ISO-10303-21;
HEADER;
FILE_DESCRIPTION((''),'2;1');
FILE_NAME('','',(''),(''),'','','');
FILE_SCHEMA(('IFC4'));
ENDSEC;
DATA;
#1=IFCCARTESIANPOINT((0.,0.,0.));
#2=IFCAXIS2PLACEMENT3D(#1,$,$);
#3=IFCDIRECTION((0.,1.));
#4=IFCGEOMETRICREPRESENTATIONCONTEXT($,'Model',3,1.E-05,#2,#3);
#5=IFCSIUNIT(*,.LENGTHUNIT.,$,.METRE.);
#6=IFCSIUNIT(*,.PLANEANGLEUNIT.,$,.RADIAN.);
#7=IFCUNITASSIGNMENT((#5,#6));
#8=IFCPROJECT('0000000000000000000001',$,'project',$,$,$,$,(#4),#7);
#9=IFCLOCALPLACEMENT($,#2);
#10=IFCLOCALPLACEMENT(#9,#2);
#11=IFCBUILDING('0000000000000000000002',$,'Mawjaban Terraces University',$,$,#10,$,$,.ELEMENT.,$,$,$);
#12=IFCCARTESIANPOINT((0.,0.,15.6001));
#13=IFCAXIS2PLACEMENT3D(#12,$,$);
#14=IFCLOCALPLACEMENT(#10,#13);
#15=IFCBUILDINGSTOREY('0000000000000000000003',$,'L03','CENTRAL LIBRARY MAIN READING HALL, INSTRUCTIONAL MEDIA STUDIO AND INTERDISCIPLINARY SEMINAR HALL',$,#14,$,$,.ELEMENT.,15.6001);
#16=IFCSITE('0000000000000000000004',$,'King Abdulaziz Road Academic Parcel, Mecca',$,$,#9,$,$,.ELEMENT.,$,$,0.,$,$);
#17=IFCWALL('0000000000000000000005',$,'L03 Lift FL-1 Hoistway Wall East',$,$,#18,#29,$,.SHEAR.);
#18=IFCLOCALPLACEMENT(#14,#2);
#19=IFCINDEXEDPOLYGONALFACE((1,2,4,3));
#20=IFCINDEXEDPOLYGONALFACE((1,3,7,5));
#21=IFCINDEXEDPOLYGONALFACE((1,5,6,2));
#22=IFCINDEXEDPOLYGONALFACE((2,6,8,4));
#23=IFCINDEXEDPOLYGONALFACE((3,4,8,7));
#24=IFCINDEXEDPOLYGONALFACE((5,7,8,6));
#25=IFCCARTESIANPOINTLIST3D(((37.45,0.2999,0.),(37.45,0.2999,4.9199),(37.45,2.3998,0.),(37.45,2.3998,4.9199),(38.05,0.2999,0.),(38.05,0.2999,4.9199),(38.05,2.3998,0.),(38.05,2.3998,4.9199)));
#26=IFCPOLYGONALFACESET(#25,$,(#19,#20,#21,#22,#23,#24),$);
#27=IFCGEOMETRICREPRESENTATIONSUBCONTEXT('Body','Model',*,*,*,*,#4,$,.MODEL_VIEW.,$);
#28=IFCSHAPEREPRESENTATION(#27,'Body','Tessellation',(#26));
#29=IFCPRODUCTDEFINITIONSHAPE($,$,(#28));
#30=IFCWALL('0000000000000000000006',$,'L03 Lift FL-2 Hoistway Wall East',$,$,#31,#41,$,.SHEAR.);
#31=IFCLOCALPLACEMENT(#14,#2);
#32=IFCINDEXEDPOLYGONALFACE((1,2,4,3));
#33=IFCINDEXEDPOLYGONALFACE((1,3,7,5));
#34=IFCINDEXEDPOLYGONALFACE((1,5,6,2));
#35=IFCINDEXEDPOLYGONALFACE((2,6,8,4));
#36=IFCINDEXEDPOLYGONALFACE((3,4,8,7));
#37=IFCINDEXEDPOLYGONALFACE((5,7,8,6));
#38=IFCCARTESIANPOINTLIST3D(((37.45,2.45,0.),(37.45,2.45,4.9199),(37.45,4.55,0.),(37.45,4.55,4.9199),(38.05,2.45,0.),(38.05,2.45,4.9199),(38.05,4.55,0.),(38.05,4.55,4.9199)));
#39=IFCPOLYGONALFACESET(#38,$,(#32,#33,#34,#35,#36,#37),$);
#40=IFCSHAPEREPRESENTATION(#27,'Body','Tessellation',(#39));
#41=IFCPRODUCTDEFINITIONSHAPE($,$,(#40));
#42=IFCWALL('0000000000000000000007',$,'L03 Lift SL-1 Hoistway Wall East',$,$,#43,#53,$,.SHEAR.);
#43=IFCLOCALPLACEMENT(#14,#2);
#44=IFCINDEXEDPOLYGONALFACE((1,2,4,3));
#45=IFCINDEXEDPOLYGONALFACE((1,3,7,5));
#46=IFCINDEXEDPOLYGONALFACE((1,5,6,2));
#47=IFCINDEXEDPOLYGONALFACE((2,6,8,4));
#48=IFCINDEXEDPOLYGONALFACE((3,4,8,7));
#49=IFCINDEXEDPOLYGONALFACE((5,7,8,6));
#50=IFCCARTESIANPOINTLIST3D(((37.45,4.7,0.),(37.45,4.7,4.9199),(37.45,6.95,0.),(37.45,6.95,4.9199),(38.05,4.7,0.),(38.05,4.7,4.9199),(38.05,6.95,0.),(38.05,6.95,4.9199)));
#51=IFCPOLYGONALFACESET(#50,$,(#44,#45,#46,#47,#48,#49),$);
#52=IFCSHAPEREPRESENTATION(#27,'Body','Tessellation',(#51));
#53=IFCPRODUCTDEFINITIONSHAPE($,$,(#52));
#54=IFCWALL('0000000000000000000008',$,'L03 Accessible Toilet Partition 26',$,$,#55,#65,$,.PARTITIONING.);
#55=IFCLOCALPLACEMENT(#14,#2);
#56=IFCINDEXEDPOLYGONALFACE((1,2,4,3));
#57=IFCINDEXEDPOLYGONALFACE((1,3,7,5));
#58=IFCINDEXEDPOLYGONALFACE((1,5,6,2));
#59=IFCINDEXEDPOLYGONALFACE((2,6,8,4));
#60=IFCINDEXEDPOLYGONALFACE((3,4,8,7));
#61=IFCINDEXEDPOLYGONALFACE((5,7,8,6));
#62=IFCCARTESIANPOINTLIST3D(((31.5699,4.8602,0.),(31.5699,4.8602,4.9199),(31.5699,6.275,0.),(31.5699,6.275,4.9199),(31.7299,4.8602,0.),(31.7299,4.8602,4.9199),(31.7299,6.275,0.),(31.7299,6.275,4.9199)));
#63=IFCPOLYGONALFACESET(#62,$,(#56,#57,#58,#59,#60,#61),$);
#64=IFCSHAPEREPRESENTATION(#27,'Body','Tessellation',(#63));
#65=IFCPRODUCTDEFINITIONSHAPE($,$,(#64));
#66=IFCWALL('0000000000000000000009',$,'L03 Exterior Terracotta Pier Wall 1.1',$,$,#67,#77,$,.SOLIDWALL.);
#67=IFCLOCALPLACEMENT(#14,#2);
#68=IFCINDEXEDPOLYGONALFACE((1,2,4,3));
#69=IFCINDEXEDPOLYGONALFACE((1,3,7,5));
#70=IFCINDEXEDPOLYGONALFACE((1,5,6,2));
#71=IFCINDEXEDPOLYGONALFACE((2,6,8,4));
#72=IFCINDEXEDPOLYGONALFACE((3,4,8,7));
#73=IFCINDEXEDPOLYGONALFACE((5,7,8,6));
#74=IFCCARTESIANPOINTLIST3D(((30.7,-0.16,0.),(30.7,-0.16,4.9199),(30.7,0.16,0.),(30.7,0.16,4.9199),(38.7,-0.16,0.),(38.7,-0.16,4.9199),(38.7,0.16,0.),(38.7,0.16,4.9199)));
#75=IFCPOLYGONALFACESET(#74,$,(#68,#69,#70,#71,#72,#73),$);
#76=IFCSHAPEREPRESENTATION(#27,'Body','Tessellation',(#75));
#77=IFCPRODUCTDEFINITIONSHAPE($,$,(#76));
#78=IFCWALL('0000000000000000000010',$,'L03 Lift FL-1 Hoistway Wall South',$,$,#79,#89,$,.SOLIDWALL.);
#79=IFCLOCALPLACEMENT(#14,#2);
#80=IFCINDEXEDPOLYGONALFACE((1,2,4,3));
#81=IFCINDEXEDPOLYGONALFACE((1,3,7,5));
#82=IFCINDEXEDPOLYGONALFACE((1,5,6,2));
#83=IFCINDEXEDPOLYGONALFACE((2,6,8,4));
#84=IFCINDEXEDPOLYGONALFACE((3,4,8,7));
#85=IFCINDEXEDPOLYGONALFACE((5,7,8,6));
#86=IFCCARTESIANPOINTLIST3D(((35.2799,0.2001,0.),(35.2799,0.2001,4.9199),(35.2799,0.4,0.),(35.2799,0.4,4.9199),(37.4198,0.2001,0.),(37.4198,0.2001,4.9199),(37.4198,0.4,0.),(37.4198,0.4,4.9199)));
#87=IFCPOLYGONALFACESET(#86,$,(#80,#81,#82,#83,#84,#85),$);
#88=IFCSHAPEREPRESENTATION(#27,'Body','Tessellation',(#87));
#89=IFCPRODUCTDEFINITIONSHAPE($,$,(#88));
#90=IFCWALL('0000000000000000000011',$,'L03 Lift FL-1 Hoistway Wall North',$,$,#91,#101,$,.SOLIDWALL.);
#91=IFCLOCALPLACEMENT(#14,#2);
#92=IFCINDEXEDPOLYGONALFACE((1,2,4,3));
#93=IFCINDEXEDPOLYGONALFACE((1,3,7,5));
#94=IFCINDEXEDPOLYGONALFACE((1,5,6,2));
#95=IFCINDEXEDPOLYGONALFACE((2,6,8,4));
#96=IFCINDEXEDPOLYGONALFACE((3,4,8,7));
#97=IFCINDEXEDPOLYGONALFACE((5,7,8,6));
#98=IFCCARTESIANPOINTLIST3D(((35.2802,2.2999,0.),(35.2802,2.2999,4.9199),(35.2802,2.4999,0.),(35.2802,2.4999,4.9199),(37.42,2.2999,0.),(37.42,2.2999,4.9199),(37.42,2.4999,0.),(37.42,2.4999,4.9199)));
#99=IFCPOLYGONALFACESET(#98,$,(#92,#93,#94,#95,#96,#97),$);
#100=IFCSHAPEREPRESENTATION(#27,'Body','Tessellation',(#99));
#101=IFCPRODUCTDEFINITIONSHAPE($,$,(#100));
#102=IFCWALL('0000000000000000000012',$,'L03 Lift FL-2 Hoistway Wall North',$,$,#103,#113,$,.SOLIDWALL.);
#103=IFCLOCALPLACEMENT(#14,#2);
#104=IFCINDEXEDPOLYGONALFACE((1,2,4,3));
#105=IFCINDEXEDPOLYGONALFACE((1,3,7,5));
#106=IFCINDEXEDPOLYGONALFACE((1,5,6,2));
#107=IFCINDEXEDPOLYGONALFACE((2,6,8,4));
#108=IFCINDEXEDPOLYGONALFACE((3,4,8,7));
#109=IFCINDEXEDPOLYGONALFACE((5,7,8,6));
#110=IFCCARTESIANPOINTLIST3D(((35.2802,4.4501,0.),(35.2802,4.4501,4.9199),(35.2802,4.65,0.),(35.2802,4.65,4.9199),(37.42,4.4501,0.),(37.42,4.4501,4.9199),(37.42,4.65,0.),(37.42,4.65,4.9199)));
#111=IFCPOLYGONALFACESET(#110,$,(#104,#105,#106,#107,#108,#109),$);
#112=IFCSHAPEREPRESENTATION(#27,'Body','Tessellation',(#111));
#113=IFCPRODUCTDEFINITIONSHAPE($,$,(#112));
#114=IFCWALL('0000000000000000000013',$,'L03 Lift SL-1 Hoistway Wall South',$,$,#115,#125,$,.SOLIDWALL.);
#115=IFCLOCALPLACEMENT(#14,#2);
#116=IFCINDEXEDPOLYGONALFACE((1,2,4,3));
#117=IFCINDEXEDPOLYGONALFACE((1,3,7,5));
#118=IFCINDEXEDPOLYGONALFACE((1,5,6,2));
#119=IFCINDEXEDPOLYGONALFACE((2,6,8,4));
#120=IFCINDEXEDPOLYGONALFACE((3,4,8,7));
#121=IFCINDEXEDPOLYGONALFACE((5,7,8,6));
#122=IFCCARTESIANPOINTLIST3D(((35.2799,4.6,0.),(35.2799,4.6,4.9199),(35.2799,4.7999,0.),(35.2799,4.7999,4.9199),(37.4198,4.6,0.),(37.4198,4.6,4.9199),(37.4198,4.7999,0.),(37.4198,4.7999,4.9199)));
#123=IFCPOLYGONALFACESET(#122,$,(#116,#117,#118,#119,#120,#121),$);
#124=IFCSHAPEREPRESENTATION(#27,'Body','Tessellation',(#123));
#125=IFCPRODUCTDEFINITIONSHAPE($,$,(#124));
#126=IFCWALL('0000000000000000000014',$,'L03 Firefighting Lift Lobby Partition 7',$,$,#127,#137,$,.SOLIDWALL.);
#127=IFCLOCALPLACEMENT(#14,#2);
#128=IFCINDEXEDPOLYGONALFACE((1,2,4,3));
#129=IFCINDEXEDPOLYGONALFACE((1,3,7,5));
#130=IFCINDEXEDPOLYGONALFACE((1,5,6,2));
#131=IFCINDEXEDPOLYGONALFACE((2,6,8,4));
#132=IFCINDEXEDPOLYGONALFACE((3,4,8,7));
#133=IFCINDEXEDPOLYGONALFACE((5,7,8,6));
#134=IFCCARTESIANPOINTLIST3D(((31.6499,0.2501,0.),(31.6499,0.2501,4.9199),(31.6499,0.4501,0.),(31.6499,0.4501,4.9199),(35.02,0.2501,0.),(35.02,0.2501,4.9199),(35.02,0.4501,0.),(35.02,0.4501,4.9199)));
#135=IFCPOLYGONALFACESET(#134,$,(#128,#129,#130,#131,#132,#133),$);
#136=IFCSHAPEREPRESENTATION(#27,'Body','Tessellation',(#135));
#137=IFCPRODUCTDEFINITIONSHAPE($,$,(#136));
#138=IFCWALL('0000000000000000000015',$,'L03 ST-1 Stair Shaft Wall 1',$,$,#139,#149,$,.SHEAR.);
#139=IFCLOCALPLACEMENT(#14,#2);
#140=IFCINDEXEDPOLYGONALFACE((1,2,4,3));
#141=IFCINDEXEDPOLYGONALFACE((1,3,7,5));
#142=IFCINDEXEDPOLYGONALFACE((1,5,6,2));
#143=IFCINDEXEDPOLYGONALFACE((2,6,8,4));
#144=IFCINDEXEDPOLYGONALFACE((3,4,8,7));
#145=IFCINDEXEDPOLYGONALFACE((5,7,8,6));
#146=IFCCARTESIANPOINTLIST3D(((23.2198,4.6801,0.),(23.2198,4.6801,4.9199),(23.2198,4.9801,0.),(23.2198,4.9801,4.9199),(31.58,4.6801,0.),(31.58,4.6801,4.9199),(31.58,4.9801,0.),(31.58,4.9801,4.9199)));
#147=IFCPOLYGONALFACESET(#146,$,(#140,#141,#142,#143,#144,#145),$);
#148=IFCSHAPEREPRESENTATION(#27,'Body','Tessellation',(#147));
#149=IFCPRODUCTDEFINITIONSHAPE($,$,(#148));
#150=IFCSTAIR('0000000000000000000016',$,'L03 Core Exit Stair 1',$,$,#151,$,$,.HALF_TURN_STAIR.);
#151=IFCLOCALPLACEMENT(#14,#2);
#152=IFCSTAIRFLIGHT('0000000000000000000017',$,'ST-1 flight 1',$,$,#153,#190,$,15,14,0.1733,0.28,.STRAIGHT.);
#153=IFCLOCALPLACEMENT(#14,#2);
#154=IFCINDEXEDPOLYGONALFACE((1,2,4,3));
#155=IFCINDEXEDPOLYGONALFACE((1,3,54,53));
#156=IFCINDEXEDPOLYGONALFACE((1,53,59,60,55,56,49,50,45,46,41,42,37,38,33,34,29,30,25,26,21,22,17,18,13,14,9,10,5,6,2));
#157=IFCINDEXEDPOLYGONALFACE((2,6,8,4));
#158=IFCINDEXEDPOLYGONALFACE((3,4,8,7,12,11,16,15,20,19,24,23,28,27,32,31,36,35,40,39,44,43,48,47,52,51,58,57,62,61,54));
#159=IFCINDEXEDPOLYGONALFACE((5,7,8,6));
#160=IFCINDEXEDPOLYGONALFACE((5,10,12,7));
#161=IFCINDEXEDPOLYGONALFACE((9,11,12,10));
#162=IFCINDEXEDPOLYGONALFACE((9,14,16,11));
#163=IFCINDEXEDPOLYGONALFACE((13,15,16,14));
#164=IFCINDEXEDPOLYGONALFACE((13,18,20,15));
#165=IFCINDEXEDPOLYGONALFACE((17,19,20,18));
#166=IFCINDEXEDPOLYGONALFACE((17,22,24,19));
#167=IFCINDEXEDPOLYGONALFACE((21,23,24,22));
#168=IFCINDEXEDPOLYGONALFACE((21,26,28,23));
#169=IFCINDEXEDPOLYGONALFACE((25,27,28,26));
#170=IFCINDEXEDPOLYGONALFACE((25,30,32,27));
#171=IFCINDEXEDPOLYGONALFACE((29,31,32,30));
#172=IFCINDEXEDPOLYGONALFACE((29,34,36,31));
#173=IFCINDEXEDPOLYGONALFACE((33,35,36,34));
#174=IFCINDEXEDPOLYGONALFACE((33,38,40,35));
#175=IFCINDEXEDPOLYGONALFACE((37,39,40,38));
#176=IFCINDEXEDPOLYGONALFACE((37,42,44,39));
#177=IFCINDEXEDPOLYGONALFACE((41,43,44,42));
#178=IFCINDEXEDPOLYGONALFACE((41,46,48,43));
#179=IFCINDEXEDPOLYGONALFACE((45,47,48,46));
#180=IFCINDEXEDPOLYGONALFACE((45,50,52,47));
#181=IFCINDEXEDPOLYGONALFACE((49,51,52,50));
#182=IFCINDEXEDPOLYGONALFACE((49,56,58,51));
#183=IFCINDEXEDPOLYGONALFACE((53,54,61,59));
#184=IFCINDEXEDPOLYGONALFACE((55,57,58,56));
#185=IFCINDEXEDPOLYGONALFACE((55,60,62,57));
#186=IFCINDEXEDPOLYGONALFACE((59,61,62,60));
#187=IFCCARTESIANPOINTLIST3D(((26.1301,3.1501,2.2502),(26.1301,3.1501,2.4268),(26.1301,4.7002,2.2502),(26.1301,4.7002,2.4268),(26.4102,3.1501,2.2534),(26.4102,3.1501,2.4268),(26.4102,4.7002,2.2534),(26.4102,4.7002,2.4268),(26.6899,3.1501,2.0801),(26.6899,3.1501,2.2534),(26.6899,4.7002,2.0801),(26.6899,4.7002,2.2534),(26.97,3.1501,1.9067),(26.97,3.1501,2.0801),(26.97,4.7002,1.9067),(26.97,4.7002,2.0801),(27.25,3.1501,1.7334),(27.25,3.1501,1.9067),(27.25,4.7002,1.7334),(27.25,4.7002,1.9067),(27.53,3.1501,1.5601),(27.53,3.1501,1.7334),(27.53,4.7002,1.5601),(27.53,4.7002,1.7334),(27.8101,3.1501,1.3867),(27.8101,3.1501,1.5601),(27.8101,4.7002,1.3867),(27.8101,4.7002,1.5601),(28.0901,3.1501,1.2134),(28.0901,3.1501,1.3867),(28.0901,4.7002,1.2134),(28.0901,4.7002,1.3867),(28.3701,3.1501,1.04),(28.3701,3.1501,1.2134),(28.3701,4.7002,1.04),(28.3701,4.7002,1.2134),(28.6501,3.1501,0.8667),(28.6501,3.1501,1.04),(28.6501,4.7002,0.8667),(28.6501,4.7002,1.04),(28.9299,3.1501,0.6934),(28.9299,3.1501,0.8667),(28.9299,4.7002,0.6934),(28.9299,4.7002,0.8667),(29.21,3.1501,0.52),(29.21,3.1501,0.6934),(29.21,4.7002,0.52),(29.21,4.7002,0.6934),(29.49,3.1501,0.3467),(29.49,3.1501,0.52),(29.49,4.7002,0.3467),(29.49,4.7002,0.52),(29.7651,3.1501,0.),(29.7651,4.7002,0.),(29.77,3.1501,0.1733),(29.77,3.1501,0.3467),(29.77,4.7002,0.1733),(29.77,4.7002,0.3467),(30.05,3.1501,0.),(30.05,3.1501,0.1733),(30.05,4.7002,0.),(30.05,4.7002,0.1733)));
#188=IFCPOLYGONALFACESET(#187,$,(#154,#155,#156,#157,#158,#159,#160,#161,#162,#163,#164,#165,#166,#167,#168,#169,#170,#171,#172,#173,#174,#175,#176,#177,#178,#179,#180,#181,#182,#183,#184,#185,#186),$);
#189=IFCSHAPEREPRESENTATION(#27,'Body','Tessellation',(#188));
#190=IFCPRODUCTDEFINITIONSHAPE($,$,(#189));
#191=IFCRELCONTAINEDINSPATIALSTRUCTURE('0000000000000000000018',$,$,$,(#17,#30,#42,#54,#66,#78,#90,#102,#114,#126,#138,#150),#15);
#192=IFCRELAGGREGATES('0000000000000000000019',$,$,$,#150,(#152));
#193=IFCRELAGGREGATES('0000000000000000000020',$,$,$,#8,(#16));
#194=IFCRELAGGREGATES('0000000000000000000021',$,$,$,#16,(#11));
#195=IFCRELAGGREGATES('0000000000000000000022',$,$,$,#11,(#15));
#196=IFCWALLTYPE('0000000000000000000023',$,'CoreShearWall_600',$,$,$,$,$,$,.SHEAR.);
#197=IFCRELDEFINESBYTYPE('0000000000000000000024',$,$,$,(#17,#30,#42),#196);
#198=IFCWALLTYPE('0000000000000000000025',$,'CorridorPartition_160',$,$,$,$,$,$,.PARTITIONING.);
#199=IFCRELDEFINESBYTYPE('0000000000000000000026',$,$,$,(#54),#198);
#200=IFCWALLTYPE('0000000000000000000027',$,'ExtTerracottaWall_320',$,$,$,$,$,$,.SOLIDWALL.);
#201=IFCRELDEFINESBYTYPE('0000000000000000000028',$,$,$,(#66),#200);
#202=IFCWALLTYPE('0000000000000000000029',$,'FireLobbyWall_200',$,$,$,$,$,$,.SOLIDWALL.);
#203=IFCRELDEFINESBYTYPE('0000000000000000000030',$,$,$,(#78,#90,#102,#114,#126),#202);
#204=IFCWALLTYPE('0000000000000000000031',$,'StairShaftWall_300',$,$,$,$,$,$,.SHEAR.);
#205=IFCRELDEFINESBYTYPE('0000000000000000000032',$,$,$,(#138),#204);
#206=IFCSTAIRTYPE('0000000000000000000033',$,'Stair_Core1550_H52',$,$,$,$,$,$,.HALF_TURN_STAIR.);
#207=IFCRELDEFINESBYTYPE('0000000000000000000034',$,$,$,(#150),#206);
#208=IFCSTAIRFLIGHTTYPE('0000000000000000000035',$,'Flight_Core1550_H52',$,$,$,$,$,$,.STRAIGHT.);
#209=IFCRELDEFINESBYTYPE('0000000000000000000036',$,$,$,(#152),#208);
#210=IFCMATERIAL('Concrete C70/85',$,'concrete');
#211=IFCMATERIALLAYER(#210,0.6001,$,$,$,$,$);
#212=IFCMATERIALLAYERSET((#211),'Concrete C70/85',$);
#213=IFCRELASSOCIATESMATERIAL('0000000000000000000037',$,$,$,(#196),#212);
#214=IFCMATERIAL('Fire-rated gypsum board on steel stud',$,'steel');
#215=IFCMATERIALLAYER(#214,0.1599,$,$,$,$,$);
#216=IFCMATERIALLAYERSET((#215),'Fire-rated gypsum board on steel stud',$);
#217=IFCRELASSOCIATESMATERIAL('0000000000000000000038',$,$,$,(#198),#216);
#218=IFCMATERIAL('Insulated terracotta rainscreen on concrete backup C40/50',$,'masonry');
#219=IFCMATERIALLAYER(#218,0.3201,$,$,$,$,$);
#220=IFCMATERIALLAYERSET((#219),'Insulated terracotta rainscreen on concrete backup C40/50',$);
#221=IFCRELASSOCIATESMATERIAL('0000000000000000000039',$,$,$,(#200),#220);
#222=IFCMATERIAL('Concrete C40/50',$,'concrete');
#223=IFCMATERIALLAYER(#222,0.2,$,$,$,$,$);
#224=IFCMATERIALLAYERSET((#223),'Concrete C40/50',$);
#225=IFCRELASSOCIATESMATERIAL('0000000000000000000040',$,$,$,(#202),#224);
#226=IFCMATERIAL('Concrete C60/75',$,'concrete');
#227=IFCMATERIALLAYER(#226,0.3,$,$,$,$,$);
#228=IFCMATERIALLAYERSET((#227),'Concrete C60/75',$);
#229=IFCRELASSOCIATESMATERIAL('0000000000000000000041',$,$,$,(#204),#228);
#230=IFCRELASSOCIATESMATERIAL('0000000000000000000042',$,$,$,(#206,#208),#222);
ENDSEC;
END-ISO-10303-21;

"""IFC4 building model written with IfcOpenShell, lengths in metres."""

from ifc_helpers import new_model, si_unit, direction, frame, frame_2d, origin, place, context, subcontext, project, spatial, polyline, rectangle, outline, extrude, material, layer, layer_set, type_object, element, aggregate, save


model = new_model("IFC4")

# Units and contexts
model_context = context("Model", 3, precision=1e-05, world=origin(), true_north=direction((0.0, 1.0)))
body_context = subcontext(model_context, "Body", "Model", "MODEL_VIEW")
ifc_project = project(units=[si_unit("LENGTHUNIT", "METRE"), si_unit("PLANEANGLEUNIT", "RADIAN")], contexts=[model_context])

# Site, building, storey
site_placement = place(None, origin())
site = spatial("IfcSite", under=ifc_project, at=site_placement, Name="King Abdulaziz Road Academic Parcel, Mecca", CompositionType="ELEMENT", RefElevation=0.0)
building_placement = place(site_placement, origin())
building = spatial("IfcBuilding", under=site, at=building_placement, Name="Mawjaban Terraces University", CompositionType="ELEMENT")
storey_placement = place(building_placement, frame((0.0, 0.0, 15.6001)))
storey = spatial("IfcBuildingStorey", under=building, at=storey_placement, Name="L03", Description="CENTRAL LIBRARY MAIN READING HALL, INSTRUCTIONAL MEDIA STUDIO AND INTERDISCIPLINARY SEMINAR HALL", CompositionType="ELEMENT", Elevation=15.6001)

# Shared definitions
ifc_material_1 = material(Name="Concrete C70/85", Category="concrete")

# Walls
ifc_layer_1 = layer(ifc_material_1, 0.6001)
ifc_layer_set_1 = layer_set([ifc_layer_1], Name="Concrete C70/85")
wall_type_1 = type_object("IfcWallType", Name="CoreShearWall_600", PredefinedType="SHEAR", material=ifc_layer_set_1)
wall_1_placement = place(storey_placement, frame((37.75, 0.3, 0.0), z_axis=(0.0, 0.0, 1.0), x_axis=(0.0, 1.0, 0.0)))
element("IfcWall", 1, at=wall_1_placement, inside=storey, type_object=wall_type_1, Name="L03 Lift FL-1 Hoistway Wall East", PredefinedType="SHEAR", context=body_context, shape_type="SweptSolid", body=[
    extrude(rectangle(XDim=2.0999, YDim=0.6001, at=frame_2d((1.0498, 0.0))), origin(), (0.0, 0.0, 1.0), 4.9199),
])
wall_2_placement = place(storey_placement, frame((37.75, 2.45, 0.0), z_axis=(0.0, 0.0, 1.0), x_axis=(0.0, 1.0, 0.0)))
element("IfcWall", 2, at=wall_2_placement, inside=storey, type_object=wall_type_1, Name="L03 Lift FL-2 Hoistway Wall East", PredefinedType="SHEAR", context=body_context, shape_type="SweptSolid", body=[
    extrude(rectangle(XDim=2.1001, YDim=0.6001, at=frame_2d((1.05, 0.0))), origin(), (0.0, 0.0, 1.0), 4.9199),
])
wall_3_placement = place(storey_placement, frame((37.75, 4.7, 0.0), z_axis=(0.0, 0.0, 1.0), x_axis=(0.0, 1.0, 0.0)))
element("IfcWall", 3, at=wall_3_placement, inside=storey, type_object=wall_type_1, Name="L03 Lift SL-1 Hoistway Wall East", PredefinedType="SHEAR", context=body_context, shape_type="SweptSolid", body=[
    extrude(rectangle(XDim=2.25, YDim=0.6001, at=frame_2d((1.125, 0.0))), origin(), (0.0, 0.0, 1.0), 4.9199),
])
ifc_material_2 = material(Name="Fire-rated gypsum board on steel stud", Category="steel")
ifc_layer_2 = layer(ifc_material_2, 0.1599)
ifc_layer_set_2 = layer_set([ifc_layer_2], Name="Fire-rated gypsum board on steel stud")
wall_type_2 = type_object("IfcWallType", Name="CorridorPartition_160", PredefinedType="PARTITIONING", material=ifc_layer_set_2)
wall_4_placement = place(storey_placement, frame((31.6499, 4.8601, 0.0), z_axis=(0.0, 0.0, 1.0), x_axis=(0.0, 1.0, 0.0)))
element("IfcWall", 4, at=wall_4_placement, inside=storey, type_object=wall_type_2, Name="L03 Accessible Toilet Partition 26", PredefinedType="PARTITIONING", context=body_context, shape_type="SweptSolid", body=[
    extrude(rectangle(XDim=1.4148, YDim=0.1599, at=frame_2d((0.7075, 0.0))), origin(), (0.0, 0.0, 1.0), 4.9199),
])
ifc_material_3 = material(Name="Insulated terracotta rainscreen on concrete backup C40/50", Category="masonry")
ifc_layer_3 = layer(ifc_material_3, 0.3201)
ifc_layer_set_3 = layer_set([ifc_layer_3], Name="Insulated terracotta rainscreen on concrete backup C40/50")
wall_type_3 = type_object("IfcWallType", Name="ExtTerracottaWall_320", PredefinedType="SOLIDWALL", material=ifc_layer_set_3)
wall_5_placement = place(storey_placement, frame((30.7, 0.0, 0.0), z_axis=(0.0, 0.0, 1.0), x_axis=(1.0, 0.0, 0.0)))
element("IfcWall", 5, at=wall_5_placement, inside=storey, type_object=wall_type_3, Name="L03 Exterior Terracotta Pier Wall 1.1", PredefinedType="SOLIDWALL", context=body_context, shape_type="SweptSolid", body=[
    extrude(rectangle(XDim=8.0, YDim=0.3201, at=frame_2d((4.0, 0.0))), origin(), (0.0, 0.0, 1.0), 4.9199),
])

# Shared definitions
ifc_material_4 = material(Name="Concrete C40/50", Category="concrete")
ifc_layer_4 = layer(ifc_material_4, 0.2)
ifc_layer_set_4 = layer_set([ifc_layer_4], Name="Concrete C40/50")
wall_type_4 = type_object("IfcWallType", Name="FireLobbyWall_200", PredefinedType="SOLIDWALL", material=ifc_layer_set_4)

# Walls
for number, where, z_axis, x_axis, name in (
    (6, (35.28, 0.3, 0.0), (0.0, 0.0, 1.0), (1.0, 0.0, 0.0), "L03 Lift FL-1 Hoistway Wall South"),
    (7, (37.4199, 2.3999, 0.0), (0.0, 0.0, 1.0), (-1.0, 0.0, 0.0), "L03 Lift FL-1 Hoistway Wall North"),
):
    element("IfcWall", number, at=place(storey_placement, frame(where, z_axis=z_axis, x_axis=x_axis)), inside=storey, type_object=wall_type_4, Name=name, PredefinedType="SOLIDWALL", context=body_context, shape_type="SweptSolid", body=[
        extrude(rectangle(XDim=2.1399, YDim=0.2, at=frame_2d((1.0698, 0.0))), origin(), (0.0, 0.0, 1.0), 4.9199),
    ])

# Walls
for number, where, z_axis, x_axis, name in (
    (8, (37.4199, 4.55, 0.0), (0.0, 0.0, 1.0), (-1.0, 0.0, 0.0), "L03 Lift FL-2 Hoistway Wall North"),
    (9, (35.28, 4.7, 0.0), (0.0, 0.0, 1.0), (1.0, 0.0, 0.0), "L03 Lift SL-1 Hoistway Wall South"),
):
    element("IfcWall", number, at=place(storey_placement, frame(where, z_axis=z_axis, x_axis=x_axis)), inside=storey, type_object=wall_type_4, Name=name, PredefinedType="SOLIDWALL", context=body_context, shape_type="SweptSolid", body=[
        extrude(rectangle(XDim=2.1399, YDim=0.2, at=frame_2d((1.0698, 0.0))), origin(), (0.0, 0.0, 1.0), 4.9199),
    ])
wall_6_placement = place(storey_placement, frame((31.6499, 0.3501, 0.0), z_axis=(0.0, 0.0, 1.0), x_axis=(1.0, 0.0, 0.0)))
element("IfcWall", 10, at=wall_6_placement, inside=storey, type_object=wall_type_4, Name="L03 Firefighting Lift Lobby Partition 7", PredefinedType="SOLIDWALL", context=body_context, shape_type="SweptSolid", body=[
    extrude(rectangle(XDim=3.3701, YDim=0.2, at=frame_2d((1.6851, 0.0))), origin(), (0.0, 0.0, 1.0), 4.9199),
])

# Wall
ifc_material_5 = material(Name="Concrete C60/75", Category="concrete")
ifc_layer_5 = layer(ifc_material_5, 0.3)
ifc_layer_set_5 = layer_set([ifc_layer_5], Name="Concrete C60/75")
wall_type_5 = type_object("IfcWallType", Name="StairShaftWall_300", PredefinedType="SHEAR", material=ifc_layer_set_5)
wall_7_placement = place(storey_placement, frame((31.5801, 4.8301, 0.0), z_axis=(0.0, 0.0, 1.0), x_axis=(-1.0, 0.0, 0.0)))
element("IfcWall", 11, at=wall_7_placement, inside=storey, type_object=wall_type_5, Name="L03 ST-1 Stair Shaft Wall 1", PredefinedType="SHEAR", context=body_context, shape_type="SweptSolid", body=[
    extrude(rectangle(XDim=8.3601, YDim=0.3, at=frame_2d((4.1802, 0.0))), origin(), (0.0, 0.0, 1.0), 4.9199),
])

# Stair, stair flight
stair_type = type_object("IfcStairType", Name="Stair_Core1550_H52", PredefinedType="HALF_TURN_STAIR", material=ifc_material_4)
stair_placement = place(storey_placement, origin())
stair = element("IfcStair", 12, at=stair_placement, inside=storey, type_object=stair_type, Name="L03 Core Exit Stair 1", PredefinedType="HALF_TURN_STAIR")
stair_flight_type = type_object("IfcStairFlightType", Name="Flight_Core1550_H52", PredefinedType="STRAIGHT", material=ifc_material_4)
stair_flight_placement = place(storey_placement, frame((30.05, 3.925, 0.0), z_axis=(0.0, 0.0, 1.0), x_axis=(-1.0, 0.0, 0.0)))
stair_flight = element("IfcStairFlight", 13, at=stair_flight_placement, type_object=stair_flight_type, Name="ST-1 flight 1", NumberOfRisers=15, NumberOfTreads=14, PredefinedType="STRAIGHT", RiserHeight=0.1733, TreadLength=0.28, context=body_context, shape_type="SweptSolid", body=[
    extrude(outline(polyline([(0.0, 0.0), (0.0, 0.1733), (0.28, 0.1733), (0.28, 0.3467), (0.5601, 0.3467), (0.5601, 0.52), (0.8401, 0.52), (0.8401, 0.6934), (1.1201, 0.6934), (1.1201, 0.8667), (1.3999, 0.8667), (1.3999, 1.04), (1.6799, 1.04), (1.6799, 1.2134), (1.96, 1.2134), (1.96, 1.3867), (2.24, 1.3867), (2.24, 1.5601), (2.52, 1.5601), (2.52, 1.7334), (2.8, 1.7334), (2.8, 1.9067), (3.0801, 1.9067), (3.0801, 2.0801), (3.3601, 2.0801), (3.3601, 2.2534), (3.6399, 2.2534), (3.6399, 2.4268), (3.9199, 2.4268), (3.9199, 2.6001), (3.9199, 2.2502), (0.2849, 0.0), (0.0, 0.0)])), frame((0.0, 0.7749, 0.0), z_axis=(0.0, -1.0, 0.0), x_axis=(1.0, 0.0, 0.0)), (0.0, 0.0, 1.0), 1.55),
])
aggregate(stair, [stair_flight])

save(model, "model.ifc")
